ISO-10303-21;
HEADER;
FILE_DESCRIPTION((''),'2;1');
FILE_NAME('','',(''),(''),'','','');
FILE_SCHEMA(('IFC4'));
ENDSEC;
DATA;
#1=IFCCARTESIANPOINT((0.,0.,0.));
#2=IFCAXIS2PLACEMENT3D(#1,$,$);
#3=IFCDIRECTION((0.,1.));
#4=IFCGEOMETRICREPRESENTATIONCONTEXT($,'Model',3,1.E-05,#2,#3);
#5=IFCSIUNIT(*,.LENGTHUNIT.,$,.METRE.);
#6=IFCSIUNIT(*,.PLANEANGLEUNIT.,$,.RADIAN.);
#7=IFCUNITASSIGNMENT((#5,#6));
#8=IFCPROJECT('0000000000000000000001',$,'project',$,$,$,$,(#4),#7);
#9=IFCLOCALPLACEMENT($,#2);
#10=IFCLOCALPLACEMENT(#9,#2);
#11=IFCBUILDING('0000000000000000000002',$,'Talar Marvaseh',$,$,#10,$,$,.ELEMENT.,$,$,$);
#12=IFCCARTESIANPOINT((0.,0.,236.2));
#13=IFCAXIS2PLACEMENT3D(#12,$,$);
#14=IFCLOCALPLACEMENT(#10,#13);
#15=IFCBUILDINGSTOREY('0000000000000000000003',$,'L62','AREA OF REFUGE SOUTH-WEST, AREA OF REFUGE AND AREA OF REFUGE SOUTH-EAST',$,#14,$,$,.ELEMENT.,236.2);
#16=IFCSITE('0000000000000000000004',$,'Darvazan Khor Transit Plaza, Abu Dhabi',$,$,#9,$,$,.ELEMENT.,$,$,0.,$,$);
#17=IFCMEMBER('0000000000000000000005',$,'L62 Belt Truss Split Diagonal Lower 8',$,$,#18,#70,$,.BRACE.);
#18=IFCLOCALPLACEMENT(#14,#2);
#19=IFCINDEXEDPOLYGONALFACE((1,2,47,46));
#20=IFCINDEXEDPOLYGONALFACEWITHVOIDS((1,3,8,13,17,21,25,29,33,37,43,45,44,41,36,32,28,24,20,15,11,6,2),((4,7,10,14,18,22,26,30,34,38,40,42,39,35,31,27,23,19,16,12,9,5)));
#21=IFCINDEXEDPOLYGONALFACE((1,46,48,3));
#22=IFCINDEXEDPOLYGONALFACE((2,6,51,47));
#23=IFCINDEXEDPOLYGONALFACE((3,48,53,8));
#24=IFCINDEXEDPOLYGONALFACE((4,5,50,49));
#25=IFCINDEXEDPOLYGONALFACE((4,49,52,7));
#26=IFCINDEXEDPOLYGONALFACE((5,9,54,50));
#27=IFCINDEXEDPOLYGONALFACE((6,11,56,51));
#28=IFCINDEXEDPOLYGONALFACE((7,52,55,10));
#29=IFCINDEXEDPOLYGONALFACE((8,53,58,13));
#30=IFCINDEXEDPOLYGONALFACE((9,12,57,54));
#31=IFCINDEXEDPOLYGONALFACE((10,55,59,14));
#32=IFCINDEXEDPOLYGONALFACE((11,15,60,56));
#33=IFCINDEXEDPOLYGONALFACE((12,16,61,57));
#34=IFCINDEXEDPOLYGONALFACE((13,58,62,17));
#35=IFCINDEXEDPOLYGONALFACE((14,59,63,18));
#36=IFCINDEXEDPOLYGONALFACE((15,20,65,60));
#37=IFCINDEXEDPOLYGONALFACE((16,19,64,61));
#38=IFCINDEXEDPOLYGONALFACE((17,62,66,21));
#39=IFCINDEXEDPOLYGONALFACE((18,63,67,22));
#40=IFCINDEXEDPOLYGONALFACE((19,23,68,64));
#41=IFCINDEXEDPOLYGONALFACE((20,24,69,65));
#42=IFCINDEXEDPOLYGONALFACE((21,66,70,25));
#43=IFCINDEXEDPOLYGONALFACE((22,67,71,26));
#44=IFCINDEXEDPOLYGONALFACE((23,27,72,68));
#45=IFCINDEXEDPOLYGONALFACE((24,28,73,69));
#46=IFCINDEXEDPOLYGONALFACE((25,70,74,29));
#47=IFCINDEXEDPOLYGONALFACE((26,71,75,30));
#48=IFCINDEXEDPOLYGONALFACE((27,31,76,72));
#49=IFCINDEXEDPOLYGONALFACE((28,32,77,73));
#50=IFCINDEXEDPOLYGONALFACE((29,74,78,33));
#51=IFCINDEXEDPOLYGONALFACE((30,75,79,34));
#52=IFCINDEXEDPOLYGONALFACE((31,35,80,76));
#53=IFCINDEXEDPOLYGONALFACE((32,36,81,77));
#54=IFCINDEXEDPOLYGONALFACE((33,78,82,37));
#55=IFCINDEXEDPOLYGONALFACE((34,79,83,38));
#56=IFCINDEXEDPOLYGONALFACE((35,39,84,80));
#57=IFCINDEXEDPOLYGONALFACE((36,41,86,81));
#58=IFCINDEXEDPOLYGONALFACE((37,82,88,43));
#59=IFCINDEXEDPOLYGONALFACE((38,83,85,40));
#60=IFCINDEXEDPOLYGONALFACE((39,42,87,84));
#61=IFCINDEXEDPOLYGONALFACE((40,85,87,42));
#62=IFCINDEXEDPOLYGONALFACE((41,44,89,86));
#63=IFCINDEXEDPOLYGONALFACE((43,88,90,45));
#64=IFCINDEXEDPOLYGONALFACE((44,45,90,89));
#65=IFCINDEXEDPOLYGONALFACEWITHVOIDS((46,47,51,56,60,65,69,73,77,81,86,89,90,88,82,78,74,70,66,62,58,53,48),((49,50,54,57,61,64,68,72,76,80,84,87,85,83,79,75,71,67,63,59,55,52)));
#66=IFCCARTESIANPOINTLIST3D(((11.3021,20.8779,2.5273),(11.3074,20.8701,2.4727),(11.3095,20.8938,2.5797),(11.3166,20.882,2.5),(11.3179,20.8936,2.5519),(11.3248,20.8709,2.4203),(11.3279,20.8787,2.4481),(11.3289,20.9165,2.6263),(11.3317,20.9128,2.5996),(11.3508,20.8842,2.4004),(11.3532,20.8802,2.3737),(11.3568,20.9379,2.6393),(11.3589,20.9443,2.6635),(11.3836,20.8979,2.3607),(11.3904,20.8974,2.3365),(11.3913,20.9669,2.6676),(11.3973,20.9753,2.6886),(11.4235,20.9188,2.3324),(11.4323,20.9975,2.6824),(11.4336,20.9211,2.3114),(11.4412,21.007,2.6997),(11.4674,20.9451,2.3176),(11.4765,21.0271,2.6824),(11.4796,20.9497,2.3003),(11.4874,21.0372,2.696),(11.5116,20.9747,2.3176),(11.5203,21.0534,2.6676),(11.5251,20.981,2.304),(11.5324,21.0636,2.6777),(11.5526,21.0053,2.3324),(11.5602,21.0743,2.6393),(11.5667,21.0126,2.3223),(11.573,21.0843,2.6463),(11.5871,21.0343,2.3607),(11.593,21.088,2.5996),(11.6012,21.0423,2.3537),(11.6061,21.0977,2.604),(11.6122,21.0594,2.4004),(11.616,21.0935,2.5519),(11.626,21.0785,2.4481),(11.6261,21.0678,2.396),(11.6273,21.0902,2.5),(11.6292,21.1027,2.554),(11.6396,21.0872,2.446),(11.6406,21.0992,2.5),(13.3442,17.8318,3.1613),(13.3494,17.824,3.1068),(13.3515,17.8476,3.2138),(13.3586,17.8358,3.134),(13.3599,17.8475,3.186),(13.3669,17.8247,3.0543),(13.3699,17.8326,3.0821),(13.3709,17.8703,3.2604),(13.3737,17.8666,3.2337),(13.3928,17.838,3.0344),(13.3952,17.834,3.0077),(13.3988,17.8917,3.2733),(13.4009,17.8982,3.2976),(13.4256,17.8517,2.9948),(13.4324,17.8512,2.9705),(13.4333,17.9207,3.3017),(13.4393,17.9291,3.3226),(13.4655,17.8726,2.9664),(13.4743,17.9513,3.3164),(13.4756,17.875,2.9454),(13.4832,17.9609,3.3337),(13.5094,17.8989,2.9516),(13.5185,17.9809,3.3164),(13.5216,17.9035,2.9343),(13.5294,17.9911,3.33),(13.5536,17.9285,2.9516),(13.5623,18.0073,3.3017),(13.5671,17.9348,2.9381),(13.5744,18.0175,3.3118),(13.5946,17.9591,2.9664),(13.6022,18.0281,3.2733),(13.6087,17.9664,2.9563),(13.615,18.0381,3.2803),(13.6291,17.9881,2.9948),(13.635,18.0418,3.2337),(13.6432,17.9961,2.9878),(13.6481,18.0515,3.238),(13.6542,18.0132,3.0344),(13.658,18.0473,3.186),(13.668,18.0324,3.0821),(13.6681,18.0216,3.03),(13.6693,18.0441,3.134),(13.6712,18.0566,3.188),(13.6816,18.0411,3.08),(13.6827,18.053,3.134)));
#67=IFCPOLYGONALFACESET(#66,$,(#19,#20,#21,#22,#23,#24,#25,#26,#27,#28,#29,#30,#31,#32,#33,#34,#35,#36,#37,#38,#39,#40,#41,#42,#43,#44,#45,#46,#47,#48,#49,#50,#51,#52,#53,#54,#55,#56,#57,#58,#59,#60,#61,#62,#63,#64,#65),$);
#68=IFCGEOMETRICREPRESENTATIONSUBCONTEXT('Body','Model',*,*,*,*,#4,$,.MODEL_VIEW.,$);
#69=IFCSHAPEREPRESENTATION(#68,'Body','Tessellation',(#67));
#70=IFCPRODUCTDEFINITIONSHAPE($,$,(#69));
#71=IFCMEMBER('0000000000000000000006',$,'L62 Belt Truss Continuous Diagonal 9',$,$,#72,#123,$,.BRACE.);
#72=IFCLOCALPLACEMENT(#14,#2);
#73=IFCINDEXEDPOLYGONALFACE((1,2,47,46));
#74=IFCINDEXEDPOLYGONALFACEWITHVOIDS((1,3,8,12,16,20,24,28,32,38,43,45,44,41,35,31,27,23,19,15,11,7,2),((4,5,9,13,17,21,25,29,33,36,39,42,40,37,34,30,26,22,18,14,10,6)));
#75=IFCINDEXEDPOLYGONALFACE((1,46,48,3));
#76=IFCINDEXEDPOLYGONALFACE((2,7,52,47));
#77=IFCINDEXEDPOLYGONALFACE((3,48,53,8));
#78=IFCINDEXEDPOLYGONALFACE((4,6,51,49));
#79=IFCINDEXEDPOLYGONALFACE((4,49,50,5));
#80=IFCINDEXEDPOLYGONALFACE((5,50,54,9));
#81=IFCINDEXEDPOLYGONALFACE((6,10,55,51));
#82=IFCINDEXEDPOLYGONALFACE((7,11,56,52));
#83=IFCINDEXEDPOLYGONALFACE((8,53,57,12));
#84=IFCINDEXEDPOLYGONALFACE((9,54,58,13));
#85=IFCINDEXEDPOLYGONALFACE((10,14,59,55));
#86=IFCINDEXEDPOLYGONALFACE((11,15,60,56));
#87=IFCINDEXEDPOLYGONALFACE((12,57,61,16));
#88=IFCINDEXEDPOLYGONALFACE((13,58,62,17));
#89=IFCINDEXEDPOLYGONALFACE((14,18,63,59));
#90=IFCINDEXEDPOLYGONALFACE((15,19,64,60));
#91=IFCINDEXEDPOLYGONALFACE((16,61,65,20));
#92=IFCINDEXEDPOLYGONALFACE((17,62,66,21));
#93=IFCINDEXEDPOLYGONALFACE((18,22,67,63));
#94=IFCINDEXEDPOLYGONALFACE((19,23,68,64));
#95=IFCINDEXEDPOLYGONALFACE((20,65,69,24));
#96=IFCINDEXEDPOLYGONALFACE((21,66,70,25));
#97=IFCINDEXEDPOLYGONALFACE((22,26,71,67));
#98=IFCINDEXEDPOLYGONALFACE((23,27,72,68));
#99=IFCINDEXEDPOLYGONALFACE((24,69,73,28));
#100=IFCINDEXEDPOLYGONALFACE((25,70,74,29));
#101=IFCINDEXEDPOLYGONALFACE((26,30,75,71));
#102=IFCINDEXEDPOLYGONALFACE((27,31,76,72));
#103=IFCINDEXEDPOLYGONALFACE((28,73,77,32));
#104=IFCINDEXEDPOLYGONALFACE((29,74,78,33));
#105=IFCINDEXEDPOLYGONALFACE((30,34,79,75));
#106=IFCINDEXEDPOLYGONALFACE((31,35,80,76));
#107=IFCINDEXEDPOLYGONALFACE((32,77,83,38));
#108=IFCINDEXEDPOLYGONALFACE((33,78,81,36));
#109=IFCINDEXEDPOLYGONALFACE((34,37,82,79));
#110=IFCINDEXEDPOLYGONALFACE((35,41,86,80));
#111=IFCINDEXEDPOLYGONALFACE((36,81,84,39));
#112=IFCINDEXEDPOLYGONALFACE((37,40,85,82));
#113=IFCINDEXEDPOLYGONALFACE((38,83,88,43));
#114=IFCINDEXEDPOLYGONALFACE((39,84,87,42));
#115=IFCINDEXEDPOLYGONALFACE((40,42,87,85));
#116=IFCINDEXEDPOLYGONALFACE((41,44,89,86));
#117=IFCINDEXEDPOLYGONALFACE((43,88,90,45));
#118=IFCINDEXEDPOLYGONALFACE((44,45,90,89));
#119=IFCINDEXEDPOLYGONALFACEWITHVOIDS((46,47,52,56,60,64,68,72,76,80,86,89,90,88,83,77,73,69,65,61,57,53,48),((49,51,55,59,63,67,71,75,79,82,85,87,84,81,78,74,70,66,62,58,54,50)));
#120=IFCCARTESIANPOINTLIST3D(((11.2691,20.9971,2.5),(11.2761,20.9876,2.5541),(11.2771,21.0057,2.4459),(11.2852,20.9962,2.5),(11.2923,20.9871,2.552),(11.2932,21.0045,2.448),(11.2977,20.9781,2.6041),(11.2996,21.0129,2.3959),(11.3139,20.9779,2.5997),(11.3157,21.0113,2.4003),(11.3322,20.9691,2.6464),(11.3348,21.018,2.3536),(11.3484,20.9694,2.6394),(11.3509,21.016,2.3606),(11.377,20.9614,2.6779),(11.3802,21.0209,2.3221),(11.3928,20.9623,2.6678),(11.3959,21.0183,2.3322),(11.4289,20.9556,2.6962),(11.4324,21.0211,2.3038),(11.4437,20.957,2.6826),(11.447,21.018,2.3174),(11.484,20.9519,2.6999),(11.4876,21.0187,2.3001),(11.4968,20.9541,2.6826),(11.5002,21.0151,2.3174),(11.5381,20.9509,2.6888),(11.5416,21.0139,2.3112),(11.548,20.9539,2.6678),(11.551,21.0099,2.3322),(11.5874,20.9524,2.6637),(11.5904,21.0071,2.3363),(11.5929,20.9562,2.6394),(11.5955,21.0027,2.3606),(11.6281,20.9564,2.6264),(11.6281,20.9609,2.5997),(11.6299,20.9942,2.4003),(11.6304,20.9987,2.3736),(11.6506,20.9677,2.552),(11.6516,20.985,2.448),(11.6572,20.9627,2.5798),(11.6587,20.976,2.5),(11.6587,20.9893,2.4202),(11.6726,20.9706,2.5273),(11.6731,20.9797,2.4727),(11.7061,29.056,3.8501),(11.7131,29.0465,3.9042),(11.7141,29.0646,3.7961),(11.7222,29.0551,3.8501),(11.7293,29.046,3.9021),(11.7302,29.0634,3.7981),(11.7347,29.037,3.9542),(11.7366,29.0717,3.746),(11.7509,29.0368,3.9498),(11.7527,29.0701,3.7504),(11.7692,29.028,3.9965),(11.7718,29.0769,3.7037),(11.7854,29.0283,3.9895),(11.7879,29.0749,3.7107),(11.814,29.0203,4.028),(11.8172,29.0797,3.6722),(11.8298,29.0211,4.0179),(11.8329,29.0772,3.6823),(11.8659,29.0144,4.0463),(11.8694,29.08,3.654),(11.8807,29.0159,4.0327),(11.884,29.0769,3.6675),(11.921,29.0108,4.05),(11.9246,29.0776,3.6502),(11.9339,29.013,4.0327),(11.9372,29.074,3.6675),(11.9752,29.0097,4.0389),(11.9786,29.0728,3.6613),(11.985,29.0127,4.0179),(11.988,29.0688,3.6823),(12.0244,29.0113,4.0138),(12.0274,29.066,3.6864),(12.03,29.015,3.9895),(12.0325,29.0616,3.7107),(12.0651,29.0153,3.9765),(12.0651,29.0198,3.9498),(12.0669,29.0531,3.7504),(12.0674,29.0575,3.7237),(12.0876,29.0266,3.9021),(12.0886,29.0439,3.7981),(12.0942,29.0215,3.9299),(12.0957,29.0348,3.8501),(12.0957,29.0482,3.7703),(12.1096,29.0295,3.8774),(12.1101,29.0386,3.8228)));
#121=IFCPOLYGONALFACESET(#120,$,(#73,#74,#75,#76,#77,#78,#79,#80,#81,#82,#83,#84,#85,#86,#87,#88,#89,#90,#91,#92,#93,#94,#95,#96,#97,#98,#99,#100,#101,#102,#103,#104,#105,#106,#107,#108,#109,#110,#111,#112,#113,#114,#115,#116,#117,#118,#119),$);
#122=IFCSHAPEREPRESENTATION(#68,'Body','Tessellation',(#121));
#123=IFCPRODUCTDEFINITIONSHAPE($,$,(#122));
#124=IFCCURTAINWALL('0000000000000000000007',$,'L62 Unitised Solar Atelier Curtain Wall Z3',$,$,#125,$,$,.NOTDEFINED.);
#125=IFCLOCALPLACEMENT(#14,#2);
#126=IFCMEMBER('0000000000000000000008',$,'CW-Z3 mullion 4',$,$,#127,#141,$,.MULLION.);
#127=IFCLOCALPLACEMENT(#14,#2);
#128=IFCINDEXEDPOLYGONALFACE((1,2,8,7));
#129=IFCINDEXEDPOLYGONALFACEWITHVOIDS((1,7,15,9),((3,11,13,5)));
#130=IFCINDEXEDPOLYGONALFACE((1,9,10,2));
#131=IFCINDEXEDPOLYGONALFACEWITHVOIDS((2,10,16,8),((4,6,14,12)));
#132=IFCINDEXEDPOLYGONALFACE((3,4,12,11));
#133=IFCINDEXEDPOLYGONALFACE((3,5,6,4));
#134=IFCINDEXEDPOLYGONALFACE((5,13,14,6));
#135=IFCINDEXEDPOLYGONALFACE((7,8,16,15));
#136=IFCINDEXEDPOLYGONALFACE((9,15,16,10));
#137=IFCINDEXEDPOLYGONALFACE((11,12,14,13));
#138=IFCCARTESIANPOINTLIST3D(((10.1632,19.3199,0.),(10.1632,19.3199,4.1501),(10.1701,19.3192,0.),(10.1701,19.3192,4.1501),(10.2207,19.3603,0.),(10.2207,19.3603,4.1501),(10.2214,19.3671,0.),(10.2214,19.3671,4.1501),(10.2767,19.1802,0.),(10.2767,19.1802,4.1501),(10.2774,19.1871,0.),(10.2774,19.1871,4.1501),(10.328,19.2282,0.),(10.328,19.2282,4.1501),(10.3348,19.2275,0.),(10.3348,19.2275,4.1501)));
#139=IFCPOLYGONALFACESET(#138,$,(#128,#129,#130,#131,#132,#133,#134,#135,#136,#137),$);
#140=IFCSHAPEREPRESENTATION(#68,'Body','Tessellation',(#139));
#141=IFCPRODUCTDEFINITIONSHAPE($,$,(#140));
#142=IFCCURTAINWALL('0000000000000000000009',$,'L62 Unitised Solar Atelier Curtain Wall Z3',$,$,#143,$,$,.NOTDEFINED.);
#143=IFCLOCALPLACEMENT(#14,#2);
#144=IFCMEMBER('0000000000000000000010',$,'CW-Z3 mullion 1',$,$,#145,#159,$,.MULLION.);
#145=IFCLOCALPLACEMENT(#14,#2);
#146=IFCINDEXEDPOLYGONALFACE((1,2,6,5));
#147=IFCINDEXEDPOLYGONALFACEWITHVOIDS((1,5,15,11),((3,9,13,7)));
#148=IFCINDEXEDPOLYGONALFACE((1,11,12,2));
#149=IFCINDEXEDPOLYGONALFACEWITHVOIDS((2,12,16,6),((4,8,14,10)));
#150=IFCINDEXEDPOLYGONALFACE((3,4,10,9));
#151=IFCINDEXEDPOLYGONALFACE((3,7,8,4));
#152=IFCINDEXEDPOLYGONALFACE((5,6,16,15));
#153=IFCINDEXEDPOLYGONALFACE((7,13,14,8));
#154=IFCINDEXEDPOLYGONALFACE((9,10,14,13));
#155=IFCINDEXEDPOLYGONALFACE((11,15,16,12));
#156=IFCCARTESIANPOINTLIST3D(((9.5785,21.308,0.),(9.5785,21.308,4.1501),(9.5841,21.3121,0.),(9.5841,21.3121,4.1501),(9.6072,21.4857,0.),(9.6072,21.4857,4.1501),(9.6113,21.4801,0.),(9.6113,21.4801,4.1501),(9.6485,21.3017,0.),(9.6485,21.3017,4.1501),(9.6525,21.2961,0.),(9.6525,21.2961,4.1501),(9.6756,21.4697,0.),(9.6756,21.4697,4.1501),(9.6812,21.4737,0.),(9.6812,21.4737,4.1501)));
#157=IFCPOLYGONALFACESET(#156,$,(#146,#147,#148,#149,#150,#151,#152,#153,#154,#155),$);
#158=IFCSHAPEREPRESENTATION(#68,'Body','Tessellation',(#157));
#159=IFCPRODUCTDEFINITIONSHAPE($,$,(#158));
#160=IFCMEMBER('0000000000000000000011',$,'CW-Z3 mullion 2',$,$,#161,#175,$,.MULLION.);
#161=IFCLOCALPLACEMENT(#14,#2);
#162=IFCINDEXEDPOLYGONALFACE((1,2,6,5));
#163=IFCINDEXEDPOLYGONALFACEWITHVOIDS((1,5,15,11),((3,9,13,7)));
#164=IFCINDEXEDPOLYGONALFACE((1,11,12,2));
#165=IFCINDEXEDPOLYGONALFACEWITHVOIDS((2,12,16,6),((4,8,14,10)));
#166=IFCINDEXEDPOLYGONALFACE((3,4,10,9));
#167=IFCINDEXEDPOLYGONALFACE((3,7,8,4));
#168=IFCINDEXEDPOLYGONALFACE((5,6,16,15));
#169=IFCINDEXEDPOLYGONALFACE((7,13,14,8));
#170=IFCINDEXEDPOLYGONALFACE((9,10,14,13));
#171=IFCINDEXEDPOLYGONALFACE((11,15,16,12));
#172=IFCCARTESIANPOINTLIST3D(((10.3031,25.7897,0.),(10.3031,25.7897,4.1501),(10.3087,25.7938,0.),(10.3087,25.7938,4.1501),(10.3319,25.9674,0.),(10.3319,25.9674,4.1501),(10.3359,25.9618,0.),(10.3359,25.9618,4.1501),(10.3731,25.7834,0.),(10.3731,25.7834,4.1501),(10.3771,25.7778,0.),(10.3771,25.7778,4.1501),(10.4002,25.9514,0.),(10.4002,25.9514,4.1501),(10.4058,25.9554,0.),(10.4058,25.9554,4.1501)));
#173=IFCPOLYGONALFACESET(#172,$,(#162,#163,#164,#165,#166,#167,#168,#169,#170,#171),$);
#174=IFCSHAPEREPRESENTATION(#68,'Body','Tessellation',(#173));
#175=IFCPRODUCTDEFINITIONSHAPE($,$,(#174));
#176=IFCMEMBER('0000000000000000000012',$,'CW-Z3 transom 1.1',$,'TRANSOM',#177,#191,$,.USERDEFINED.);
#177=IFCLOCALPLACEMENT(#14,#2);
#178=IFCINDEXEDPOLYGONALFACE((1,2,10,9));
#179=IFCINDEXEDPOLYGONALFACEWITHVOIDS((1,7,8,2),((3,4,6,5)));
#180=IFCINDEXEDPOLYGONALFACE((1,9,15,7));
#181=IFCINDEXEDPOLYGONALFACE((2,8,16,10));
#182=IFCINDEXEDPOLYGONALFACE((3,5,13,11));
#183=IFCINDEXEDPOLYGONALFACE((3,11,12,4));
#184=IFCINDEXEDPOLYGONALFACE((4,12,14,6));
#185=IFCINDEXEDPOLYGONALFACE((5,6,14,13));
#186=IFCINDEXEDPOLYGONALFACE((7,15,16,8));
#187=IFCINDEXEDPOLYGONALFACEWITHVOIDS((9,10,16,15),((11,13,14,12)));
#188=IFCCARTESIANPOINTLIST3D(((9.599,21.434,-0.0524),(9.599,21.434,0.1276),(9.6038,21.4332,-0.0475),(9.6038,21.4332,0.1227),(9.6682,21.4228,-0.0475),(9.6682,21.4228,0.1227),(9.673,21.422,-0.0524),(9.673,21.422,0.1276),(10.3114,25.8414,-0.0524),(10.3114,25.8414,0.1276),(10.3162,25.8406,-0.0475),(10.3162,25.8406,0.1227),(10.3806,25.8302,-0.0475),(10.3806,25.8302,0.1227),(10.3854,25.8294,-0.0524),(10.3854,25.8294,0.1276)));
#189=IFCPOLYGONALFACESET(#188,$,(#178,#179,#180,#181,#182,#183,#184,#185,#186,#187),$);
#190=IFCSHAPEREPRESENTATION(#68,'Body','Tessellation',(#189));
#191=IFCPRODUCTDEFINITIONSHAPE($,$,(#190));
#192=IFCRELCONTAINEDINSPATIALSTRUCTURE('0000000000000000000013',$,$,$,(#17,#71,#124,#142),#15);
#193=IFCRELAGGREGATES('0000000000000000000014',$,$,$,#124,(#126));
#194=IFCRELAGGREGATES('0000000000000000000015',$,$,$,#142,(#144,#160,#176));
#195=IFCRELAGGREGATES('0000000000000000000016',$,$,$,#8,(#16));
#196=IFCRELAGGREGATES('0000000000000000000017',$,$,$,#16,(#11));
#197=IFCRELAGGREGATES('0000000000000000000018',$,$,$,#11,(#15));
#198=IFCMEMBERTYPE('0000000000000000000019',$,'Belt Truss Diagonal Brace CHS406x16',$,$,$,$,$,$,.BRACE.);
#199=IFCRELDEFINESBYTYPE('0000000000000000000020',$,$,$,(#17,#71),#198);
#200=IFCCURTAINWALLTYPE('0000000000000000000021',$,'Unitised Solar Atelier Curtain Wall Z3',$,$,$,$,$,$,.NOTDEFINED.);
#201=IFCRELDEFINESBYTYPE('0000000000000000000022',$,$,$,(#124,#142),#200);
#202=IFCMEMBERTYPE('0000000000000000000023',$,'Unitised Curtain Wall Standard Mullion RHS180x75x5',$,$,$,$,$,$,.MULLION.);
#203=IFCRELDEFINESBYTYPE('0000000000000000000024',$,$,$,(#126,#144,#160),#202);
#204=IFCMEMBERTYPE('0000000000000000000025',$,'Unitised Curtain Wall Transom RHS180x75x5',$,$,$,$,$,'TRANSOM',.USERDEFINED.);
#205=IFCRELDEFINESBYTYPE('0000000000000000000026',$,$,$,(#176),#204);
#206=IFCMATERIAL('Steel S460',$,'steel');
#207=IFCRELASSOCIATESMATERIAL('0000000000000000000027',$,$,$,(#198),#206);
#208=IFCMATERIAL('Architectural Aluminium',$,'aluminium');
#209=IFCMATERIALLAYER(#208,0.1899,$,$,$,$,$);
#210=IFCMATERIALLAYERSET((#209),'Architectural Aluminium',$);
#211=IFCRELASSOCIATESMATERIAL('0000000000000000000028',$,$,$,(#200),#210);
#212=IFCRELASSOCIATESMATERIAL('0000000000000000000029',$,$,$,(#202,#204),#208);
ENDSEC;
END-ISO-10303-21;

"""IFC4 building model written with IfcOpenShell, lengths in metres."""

from ifc_helpers import new_model, si_unit, direction, frame, origin, origin_2d, place, context, subcontext, project, spatial, hollow_rectangle, hollow_circle, extrude, source, transform, mapped, material, layer, layer_set, material_profile, profile_set, type_object, type_shapes, element, aggregate, save


model = new_model("IFC4")

# Units and contexts
model_context = context("Model", 3, precision=1e-05, world=origin(), true_north=direction((0.0, 1.0)))
body_context = subcontext(model_context, "Body", "Model", "MODEL_VIEW")
ifc_project = project(units=[si_unit("LENGTHUNIT", "METRE"), si_unit("PLANEANGLEUNIT", "RADIAN")], contexts=[model_context])

# Site, building, storey
site_placement = place(None, origin())
site = spatial("IfcSite", under=ifc_project, at=site_placement, Name="Darvazan Khor Transit Plaza, Abu Dhabi", CompositionType="ELEMENT", RefElevation=0.0)
building_placement = place(site_placement, origin())
building = spatial("IfcBuilding", under=site, at=building_placement, Name="Talar Marvaseh", CompositionType="ELEMENT")
storey_placement = place(building_placement, frame((0.0, 0.0, 236.2)))
storey = spatial("IfcBuildingStorey", under=building, at=storey_placement, Name="L62", Description="AREA OF REFUGE SOUTH-WEST, AREA OF REFUGE AND AREA OF REFUGE SOUTH-EAST", CompositionType="ELEMENT", Elevation=236.2)

# Shared definitions
ifc_material_1 = material(Name="Steel S460", Category="steel")

# Members
ifc_material_profile_1 = material_profile(ifc_material_1, hollow_circle(Radius=0.2031, WallThickness=0.0161, at=origin_2d()), Name="CHS406x16")
ifc_profile_set_1 = profile_set([ifc_material_profile_1], Name="Steel S460")
member_type_1 = type_object("IfcMemberType", Name="Belt Truss Diagonal Brace CHS406x16", PredefinedType="BRACE", material=ifc_profile_set_1)
shared_shape_1 = source(origin(), body_context, "Body", "SweptSolid", [
    extrude(hollow_circle(Radius=0.2031, WallThickness=0.0161, at=origin_2d()), origin(), (0.0, 0.0, 1.0), 3.7217),
])
member_1_placement = place(storey_placement, frame((11.4719, 20.9861, 2.5), z_axis=(0.548679, -0.818491, 0.170363), x_axis=(0.830634, 0.556818, 0.0)))
element("IfcMember", 1, at=member_1_placement, inside=storey, type_object=member_type_1, Name="L62 Belt Truss Split Diagonal Lower 8", PredefinedType="BRACE", context=body_context, shape_type="MappedRepresentation", body=[
    mapped(shared_shape_1, transform((0.0, 0.0, 0.0), x_axis=(1.0, 0.0, 0.0), y_axis=(0.0, 1.0, 0.0), z_axis=(0.0, 0.0, 1.0), scale=1.0)),
])
shared_shape_2 = source(origin(), body_context, "Body", "SweptSolid", [
    extrude(hollow_circle(Radius=0.2031, WallThickness=0.0161, at=origin_2d()), origin(), (0.0, 0.0, 1.0), 8.1829),
])
member_2_placement = place(storey_placement, frame((11.4719, 20.9861, 2.5), z_axis=(0.053406, 0.984848, 0.164992), x_axis=(-0.998533, 0.054148, 0.0)))
element("IfcMember", 2, at=member_2_placement, inside=storey, type_object=member_type_1, Name="L62 Belt Truss Continuous Diagonal 9", PredefinedType="BRACE", context=body_context, shape_type="MappedRepresentation", body=[
    mapped(shared_shape_2, transform((0.0, 0.0, 0.0), x_axis=(1.0, 0.0, 0.0), y_axis=(0.0, 1.0, 0.0), z_axis=(0.0, 0.0, 1.0), scale=1.0)),
])

# Curtain wall, member
ifc_material_2 = material(Name="Architectural Aluminium", Category="aluminium")
ifc_layer_1 = layer(ifc_material_2, 0.1899)
ifc_layer_set_1 = layer_set([ifc_layer_1], Name="Architectural Aluminium")
curtain_wall_type = type_object("IfcCurtainWallType", Name="Unitised Solar Atelier Curtain Wall Z3", PredefinedType="NOTDEFINED", material=ifc_layer_set_1)
curtain_wall_1_placement = place(storey_placement, origin())
curtain_wall_1 = element("IfcCurtainWall", 3, at=curtain_wall_1_placement, inside=storey, type_object=curtain_wall_type, Name="L62 Unitised Solar Atelier Curtain Wall Z3", PredefinedType="NOTDEFINED")
ifc_material_profile_2 = material_profile(ifc_material_2, hollow_rectangle(XDim=0.075, YDim=0.1799, WallThickness=0.0049, at=origin_2d()), Name="RHS180x75x5")
ifc_profile_set_2 = profile_set([ifc_material_profile_2], Name="Architectural Aluminium")
member_type_2 = type_object("IfcMemberType", Name="Unitised Curtain Wall Standard Mullion RHS180x75x5", PredefinedType="MULLION", material=ifc_profile_set_2)
shared_shape_3 = source(origin(), body_context, "Body", "SweptSolid", [
    extrude(hollow_rectangle(XDim=0.075, YDim=0.1799, WallThickness=0.0049, at=origin_2d()), origin(), (0.0, 0.0, 1.0), 4.1501),
])
type_shapes(member_type_2, [shared_shape_3])
member_3_placement = place(storey_placement, frame((10.249, 19.2737, 0.0), z_axis=(0.0, 0.0, 1.0), x_axis=(-0.776086, -0.630627, 0.0)))
member_3 = element("IfcMember", 4, at=member_3_placement, type_object=member_type_2, Name="CW-Z3 mullion 4", PredefinedType="MULLION", context=body_context, shape_type="MappedRepresentation", body=[
    mapped(shared_shape_3, transform((0.0, 0.0, 0.0), x_axis=(1.0, 0.0, 0.0), y_axis=(0.0, 1.0, 0.0), z_axis=(0.0, 0.0, 1.0), scale=1.0)),
])
aggregate(curtain_wall_1, [member_3])

# Curtain wall, members
curtain_wall_2_placement = place(storey_placement, origin())
curtain_wall_2 = element("IfcCurtainWall", 5, at=curtain_wall_2_placement, inside=storey, type_object=curtain_wall_type, Name="L62 Unitised Solar Atelier Curtain Wall Z3", PredefinedType="NOTDEFINED")
member_4_placement = place(storey_placement, frame((9.6299, 21.3909, 0.0), z_axis=(0.0, 0.0, 1.0), x_axis=(-0.987186, 0.159572, 0.0)))
member_4 = element("IfcMember", 6, at=member_4_placement, type_object=member_type_2, Name="CW-Z3 mullion 1", PredefinedType="MULLION", context=body_context, shape_type="MappedRepresentation", body=[
    mapped(shared_shape_3, transform((0.0, 0.0, 0.0), x_axis=(1.0, 0.0, 0.0), y_axis=(0.0, 1.0, 0.0), z_axis=(0.0, 0.0, 1.0), scale=1.0)),
])
member_5_placement = place(storey_placement, frame((10.3545, 25.8726, 0.0), z_axis=(0.0, 0.0, 1.0), x_axis=(-0.987186, 0.159572, 0.0)))
member_5 = element("IfcMember", 7, at=member_5_placement, type_object=member_type_2, Name="CW-Z3 mullion 2", PredefinedType="MULLION", context=body_context, shape_type="MappedRepresentation", body=[
    mapped(shared_shape_3, transform((0.0, 0.0, 0.0), x_axis=(1.0, 0.0, 0.0), y_axis=(0.0, 1.0, 0.0), z_axis=(0.0, 0.0, 1.0), scale=1.0)),
])
ifc_material_profile_3 = material_profile(ifc_material_2, hollow_rectangle(XDim=0.075, YDim=0.1799, WallThickness=0.0049, at=origin_2d()), Name="RHS180x75x5")
ifc_profile_set_3 = profile_set([ifc_material_profile_3], Name="Architectural Aluminium")
member_type_3 = type_object("IfcMemberType", Name="Unitised Curtain Wall Transom RHS180x75x5", ElementType="TRANSOM", PredefinedType="USERDEFINED", material=ifc_profile_set_3)
shared_shape_4 = source(origin(), body_context, "Body", "SweptSolid", [
    extrude(hollow_rectangle(XDim=0.075, YDim=0.1799, WallThickness=0.0049, at=origin_2d()), origin(), (0.0, 0.0, 1.0), 4.4646),
])
member_6_placement = place(storey_placement, frame((9.636, 21.428, 0.0376), z_axis=(0.159564, 0.987188, 0.0), x_axis=(-0.987188, 0.159564, 0.0)))
member_6 = element("IfcMember", 8, at=member_6_placement, type_object=member_type_3, Name="CW-Z3 transom 1.1", ObjectType="TRANSOM", PredefinedType="USERDEFINED", context=body_context, shape_type="MappedRepresentation", body=[
    mapped(shared_shape_4, transform((0.0, 0.0, 0.0), x_axis=(1.0, 0.0, 0.0), y_axis=(0.0, 1.0, 0.0), z_axis=(0.0, 0.0, 1.0), scale=1.0)),
])

aggregate(curtain_wall_2, [member_4, member_5, member_6])

save(model, "model.ifc")
